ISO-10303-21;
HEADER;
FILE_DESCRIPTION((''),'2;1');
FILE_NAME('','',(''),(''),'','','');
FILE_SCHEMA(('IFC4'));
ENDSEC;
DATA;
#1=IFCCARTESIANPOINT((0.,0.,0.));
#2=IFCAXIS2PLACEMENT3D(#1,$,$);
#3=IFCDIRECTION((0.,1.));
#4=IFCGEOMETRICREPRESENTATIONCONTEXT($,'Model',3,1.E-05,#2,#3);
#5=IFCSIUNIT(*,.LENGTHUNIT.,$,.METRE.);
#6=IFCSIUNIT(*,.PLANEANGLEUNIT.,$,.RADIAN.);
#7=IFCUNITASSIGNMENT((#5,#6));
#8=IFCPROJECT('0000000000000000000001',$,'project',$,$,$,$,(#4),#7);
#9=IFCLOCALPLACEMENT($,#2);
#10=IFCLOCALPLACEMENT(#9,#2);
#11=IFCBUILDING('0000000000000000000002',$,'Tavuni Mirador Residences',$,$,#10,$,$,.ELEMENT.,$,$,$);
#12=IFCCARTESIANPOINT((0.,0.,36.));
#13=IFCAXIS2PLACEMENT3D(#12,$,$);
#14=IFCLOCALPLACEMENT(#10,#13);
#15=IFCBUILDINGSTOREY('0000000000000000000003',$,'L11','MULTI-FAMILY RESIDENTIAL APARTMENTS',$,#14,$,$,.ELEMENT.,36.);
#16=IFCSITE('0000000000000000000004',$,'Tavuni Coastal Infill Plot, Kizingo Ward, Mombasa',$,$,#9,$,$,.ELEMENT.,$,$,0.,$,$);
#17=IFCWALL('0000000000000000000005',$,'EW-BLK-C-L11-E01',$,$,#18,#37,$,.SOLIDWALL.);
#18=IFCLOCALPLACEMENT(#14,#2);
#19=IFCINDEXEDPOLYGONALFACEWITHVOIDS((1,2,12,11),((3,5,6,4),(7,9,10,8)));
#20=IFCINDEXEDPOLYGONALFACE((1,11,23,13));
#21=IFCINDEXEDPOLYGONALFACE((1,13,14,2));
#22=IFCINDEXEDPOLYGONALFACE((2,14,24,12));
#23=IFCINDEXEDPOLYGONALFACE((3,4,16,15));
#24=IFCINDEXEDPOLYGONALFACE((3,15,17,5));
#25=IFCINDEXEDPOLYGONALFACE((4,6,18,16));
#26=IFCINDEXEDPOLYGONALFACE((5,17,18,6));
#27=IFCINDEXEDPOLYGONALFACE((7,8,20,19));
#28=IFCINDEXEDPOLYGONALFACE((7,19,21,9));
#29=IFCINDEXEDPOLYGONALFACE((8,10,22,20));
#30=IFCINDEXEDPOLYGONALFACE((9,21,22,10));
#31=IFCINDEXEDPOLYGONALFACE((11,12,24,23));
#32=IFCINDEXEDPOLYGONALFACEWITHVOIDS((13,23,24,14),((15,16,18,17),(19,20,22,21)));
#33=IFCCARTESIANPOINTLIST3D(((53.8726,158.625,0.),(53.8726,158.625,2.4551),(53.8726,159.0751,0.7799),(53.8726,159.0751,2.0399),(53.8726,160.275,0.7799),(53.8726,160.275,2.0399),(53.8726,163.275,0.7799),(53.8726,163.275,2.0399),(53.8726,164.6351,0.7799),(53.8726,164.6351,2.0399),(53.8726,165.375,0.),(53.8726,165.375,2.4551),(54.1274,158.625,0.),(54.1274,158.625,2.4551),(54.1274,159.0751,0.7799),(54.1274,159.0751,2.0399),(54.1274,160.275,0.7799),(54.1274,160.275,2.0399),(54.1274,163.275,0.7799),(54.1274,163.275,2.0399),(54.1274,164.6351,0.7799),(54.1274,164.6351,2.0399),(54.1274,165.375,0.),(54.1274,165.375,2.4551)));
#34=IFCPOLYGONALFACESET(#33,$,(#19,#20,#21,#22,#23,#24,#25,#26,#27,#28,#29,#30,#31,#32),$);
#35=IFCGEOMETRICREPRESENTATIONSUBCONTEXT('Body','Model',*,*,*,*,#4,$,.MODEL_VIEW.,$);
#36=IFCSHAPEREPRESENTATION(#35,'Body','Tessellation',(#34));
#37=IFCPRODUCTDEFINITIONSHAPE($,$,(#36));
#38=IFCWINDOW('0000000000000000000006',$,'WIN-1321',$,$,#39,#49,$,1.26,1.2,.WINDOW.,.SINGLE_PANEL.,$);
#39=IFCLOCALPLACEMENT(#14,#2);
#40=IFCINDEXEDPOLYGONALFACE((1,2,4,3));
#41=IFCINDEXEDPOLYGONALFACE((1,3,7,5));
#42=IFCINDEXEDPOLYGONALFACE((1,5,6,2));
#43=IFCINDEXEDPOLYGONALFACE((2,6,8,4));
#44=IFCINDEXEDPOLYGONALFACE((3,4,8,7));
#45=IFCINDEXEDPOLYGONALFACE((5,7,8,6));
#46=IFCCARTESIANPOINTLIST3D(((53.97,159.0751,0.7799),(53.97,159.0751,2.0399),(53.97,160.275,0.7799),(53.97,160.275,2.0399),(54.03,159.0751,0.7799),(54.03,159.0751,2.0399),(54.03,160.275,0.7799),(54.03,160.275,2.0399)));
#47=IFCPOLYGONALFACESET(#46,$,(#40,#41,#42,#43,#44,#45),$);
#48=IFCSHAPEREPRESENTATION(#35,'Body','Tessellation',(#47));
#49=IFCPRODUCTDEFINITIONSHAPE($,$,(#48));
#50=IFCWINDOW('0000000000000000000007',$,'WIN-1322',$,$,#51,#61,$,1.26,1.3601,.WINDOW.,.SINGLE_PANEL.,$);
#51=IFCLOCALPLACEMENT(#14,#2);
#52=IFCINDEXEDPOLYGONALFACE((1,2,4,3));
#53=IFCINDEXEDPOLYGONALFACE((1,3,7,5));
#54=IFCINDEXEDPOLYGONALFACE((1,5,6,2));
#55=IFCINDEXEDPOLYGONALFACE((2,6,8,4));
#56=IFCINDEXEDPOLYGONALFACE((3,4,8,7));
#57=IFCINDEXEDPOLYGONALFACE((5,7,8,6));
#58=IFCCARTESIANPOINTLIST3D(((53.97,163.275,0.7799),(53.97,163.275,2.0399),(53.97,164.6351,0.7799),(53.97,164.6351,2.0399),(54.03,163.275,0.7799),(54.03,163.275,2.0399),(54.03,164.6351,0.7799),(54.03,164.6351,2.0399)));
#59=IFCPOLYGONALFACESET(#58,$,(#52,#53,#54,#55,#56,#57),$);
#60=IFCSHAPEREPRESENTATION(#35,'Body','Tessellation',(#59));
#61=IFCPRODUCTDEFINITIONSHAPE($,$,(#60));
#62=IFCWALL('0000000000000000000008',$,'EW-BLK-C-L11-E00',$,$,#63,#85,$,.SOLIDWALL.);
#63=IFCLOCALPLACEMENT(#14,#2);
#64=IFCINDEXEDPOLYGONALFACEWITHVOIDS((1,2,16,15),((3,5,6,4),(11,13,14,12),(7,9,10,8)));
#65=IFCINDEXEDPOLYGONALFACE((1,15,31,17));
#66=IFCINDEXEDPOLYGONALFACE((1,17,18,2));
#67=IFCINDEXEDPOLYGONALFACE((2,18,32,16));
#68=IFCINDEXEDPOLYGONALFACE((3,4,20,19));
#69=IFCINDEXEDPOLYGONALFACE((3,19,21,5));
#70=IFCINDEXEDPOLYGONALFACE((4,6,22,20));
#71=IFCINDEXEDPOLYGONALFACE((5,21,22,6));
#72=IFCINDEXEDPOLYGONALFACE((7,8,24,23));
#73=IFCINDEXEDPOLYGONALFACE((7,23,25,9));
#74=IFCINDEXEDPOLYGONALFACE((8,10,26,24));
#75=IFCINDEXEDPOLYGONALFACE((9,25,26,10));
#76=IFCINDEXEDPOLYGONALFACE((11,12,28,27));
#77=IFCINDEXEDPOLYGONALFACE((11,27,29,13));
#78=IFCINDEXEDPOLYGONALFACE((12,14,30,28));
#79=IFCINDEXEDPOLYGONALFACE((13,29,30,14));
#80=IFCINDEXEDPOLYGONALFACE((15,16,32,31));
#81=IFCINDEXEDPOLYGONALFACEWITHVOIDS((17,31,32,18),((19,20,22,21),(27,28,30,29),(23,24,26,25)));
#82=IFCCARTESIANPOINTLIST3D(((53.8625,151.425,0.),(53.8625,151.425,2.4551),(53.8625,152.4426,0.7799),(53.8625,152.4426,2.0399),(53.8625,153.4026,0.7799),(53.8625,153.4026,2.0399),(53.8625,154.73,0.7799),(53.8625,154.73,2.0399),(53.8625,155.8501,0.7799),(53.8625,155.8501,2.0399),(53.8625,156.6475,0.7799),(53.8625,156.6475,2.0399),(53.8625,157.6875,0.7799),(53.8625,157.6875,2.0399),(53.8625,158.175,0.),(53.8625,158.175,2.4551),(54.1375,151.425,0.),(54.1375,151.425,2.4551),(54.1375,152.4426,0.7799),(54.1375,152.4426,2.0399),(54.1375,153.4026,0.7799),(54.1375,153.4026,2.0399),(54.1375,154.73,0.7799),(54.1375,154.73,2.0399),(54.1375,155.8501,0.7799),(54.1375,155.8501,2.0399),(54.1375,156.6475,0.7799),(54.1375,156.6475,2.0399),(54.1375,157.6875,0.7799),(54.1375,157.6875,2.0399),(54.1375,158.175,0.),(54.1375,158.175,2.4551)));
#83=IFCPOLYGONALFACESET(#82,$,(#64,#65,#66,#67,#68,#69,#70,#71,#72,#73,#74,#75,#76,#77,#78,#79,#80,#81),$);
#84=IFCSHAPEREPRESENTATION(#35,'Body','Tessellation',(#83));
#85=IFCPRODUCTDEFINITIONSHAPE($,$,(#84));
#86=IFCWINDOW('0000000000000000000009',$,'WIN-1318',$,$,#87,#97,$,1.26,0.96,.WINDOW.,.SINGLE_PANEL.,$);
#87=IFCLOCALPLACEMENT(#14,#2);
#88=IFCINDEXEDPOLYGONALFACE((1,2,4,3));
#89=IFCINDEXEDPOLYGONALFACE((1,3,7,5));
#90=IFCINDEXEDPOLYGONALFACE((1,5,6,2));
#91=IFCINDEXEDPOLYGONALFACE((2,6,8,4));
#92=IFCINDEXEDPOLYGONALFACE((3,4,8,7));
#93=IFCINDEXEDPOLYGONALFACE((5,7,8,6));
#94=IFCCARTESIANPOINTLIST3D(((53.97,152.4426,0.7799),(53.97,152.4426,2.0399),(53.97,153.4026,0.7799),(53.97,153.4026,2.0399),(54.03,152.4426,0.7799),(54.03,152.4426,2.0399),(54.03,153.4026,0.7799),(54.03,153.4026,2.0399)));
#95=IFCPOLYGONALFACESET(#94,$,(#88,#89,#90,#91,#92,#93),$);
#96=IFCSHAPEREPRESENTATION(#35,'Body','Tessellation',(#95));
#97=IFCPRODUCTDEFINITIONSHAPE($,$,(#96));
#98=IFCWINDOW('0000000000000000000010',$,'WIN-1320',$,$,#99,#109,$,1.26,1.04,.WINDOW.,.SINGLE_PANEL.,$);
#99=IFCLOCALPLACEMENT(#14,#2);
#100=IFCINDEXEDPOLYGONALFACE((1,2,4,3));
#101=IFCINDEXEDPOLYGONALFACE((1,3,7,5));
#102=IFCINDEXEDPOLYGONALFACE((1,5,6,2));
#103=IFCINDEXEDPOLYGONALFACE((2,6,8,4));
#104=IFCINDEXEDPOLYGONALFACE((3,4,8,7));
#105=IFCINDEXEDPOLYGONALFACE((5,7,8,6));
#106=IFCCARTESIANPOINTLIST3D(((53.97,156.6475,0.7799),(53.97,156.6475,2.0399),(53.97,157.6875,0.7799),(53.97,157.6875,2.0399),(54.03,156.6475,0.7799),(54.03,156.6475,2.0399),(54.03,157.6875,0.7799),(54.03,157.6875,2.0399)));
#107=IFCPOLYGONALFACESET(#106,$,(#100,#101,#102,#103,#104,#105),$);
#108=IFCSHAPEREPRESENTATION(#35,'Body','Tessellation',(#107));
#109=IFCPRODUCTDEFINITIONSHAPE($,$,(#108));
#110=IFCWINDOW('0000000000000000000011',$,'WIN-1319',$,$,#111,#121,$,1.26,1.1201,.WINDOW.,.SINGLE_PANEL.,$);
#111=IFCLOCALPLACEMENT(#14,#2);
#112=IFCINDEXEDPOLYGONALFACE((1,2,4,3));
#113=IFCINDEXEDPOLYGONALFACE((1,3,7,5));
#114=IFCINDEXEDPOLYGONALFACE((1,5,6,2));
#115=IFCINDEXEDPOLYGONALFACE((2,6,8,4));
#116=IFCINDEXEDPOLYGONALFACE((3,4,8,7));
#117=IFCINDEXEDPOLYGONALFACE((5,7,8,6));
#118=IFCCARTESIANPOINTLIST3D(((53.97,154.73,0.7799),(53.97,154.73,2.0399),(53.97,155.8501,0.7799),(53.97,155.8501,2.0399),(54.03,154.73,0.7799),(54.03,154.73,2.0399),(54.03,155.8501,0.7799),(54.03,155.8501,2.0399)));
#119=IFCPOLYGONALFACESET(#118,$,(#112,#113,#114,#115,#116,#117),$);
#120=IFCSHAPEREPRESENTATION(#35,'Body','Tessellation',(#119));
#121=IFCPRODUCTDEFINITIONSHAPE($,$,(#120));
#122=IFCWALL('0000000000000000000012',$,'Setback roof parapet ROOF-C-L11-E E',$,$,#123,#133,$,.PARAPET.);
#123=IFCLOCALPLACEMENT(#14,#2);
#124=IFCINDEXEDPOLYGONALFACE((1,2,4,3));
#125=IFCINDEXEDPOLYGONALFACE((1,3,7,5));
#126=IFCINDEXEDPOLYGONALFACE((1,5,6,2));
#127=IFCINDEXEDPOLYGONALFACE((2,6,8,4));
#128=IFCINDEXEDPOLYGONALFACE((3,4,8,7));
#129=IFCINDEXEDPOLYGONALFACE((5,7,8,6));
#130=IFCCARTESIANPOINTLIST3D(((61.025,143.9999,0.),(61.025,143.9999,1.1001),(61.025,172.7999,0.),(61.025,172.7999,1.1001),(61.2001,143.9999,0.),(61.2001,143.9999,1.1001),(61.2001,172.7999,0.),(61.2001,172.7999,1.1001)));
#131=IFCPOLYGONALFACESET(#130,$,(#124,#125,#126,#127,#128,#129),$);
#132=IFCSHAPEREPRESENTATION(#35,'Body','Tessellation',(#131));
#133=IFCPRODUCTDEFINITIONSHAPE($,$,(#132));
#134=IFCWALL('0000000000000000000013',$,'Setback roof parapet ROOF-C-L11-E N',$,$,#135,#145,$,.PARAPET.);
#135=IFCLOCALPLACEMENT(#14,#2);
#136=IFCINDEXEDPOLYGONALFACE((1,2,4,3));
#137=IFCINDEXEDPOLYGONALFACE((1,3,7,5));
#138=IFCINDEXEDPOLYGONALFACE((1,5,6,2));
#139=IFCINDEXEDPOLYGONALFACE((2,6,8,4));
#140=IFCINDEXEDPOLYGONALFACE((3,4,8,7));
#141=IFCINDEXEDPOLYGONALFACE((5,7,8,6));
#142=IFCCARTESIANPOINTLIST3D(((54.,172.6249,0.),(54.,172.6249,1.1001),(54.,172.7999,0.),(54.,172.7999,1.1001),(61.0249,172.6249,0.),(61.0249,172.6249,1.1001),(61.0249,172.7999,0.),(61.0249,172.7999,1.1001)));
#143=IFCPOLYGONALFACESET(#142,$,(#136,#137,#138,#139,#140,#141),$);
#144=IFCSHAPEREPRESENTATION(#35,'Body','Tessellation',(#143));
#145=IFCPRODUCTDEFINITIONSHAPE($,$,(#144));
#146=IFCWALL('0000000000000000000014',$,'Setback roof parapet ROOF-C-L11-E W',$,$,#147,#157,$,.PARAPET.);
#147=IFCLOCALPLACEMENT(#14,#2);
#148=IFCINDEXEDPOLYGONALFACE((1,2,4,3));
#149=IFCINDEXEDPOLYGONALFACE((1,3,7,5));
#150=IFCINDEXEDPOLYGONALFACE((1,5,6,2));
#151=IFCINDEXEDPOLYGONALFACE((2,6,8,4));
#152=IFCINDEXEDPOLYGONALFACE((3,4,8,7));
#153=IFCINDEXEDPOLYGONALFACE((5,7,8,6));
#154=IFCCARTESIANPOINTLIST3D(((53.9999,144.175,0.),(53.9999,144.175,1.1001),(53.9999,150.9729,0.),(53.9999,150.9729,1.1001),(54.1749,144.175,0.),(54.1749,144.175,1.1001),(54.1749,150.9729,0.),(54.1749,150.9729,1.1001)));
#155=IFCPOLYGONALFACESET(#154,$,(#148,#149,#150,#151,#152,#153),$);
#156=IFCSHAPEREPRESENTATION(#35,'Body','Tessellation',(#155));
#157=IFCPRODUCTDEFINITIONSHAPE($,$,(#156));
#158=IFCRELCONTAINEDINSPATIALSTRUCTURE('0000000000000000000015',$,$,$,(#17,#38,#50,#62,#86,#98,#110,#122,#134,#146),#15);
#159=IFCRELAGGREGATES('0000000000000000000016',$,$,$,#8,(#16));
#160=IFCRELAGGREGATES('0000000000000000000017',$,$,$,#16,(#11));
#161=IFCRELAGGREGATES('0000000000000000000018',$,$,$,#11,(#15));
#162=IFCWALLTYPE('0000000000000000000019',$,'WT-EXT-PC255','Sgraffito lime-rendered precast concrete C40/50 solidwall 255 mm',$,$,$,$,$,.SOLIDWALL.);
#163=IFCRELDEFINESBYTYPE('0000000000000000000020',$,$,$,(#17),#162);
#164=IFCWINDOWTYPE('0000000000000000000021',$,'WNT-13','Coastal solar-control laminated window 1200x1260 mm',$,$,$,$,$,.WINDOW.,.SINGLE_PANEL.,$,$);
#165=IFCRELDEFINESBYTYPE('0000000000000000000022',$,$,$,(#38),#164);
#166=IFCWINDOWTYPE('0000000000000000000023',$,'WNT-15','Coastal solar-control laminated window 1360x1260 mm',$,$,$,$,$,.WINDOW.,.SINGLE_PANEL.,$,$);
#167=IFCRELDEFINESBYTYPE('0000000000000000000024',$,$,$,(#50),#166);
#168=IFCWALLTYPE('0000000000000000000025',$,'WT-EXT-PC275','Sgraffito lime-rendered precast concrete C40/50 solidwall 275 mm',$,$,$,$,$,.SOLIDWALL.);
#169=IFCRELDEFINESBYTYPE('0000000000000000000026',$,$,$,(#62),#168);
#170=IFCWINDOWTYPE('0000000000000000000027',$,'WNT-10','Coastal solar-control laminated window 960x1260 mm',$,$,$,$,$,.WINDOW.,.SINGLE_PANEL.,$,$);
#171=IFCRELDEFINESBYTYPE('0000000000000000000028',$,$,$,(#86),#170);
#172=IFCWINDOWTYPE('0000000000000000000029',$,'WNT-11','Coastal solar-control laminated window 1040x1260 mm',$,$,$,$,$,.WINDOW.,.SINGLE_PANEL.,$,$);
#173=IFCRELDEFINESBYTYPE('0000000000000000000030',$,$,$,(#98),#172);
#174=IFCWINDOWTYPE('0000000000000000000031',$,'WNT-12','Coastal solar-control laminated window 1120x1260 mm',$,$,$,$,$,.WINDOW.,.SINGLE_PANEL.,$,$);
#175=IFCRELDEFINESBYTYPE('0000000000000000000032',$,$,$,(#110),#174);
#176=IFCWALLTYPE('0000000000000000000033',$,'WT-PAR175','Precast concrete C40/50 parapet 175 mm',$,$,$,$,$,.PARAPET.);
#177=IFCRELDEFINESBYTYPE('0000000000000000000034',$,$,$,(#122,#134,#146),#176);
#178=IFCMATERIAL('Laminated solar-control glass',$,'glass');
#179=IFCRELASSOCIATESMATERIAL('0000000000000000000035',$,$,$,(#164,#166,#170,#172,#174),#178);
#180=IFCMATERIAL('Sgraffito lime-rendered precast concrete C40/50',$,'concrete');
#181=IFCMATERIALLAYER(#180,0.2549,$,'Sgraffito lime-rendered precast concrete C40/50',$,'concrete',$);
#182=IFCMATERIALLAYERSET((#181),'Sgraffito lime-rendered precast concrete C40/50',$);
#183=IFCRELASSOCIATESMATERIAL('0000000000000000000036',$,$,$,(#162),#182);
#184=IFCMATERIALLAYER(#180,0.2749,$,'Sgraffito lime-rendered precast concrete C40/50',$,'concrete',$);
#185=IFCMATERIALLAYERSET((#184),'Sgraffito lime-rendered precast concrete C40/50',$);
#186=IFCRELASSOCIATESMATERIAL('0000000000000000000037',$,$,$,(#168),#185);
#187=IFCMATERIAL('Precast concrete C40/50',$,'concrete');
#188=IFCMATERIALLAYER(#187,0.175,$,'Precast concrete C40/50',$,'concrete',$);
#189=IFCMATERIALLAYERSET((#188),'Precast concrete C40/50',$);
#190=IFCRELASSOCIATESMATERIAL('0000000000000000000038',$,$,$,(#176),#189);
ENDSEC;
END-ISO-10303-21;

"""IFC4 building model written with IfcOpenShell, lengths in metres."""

from ifc_helpers import new_model, si_unit, direction, frame, frame_2d, origin, place, context, subcontext, project, spatial, rectangle, extrude, material, layer, layer_set, type_object, element, fill, save


model = new_model("IFC4")

# Units and contexts
model_context = context("Model", 3, precision=1e-05, world=origin(), true_north=direction((0.0, 1.0)))
body_context = subcontext(model_context, "Body", "Model", "MODEL_VIEW")
ifc_project = project(units=[si_unit("LENGTHUNIT", "METRE"), si_unit("PLANEANGLEUNIT", "RADIAN")], contexts=[model_context])

# Site, building, storey
site_placement = place(None, origin())
site = spatial("IfcSite", under=ifc_project, at=site_placement, Name="Tavuni Coastal Infill Plot, Kizingo Ward, Mombasa", CompositionType="ELEMENT", RefElevation=0.0)
building_placement = place(site_placement, origin())
building = spatial("IfcBuilding", under=site, at=building_placement, Name="Tavuni Mirador Residences", CompositionType="ELEMENT")
storey_placement = place(building_placement, frame((0.0, 0.0, 36.0)))
storey = spatial("IfcBuildingStorey", under=building, at=storey_placement, Name="L11", Description="MULTI-FAMILY RESIDENTIAL APARTMENTS", CompositionType="ELEMENT", Elevation=36.0)

# Shared definitions
ifc_material_1 = material(Name="Precast concrete C40/50", Category="concrete")

# Walls, openings, windows
ifc_material_2 = material(Name="Sgraffito lime-rendered precast concrete C40/50", Category="concrete")
ifc_material_3 = material(Name="Laminated solar-control glass", Category="glass")
window_type_1 = type_object("IfcWindowType", Name="WNT-13", Description="Coastal solar-control laminated window 1200x1260 mm", PartitioningType="SINGLE_PANEL", PredefinedType="WINDOW", material=ifc_material_3)
ifc_layer_1 = layer(ifc_material_2, 0.2549, Name="Sgraffito lime-rendered precast concrete C40/50", Category="concrete")
ifc_layer_set_1 = layer_set([ifc_layer_1], Name="Sgraffito lime-rendered precast concrete C40/50")
wall_type_1 = type_object("IfcWallType", Name="WT-EXT-PC255", Description="Sgraffito lime-rendered precast concrete C40/50 solidwall 255 mm", PredefinedType="SOLIDWALL", material=ifc_layer_set_1)
wall_1_placement = place(storey_placement, frame((54.0, 158.625, 0.0), z_axis=(0.0, 0.0, 1.0), x_axis=(0.0, 1.0, 0.0)))
wall_1 = element("IfcWall", 1, at=wall_1_placement, inside=storey, type_object=wall_type_1, Name="EW-BLK-C-L11-E01", PredefinedType="SOLIDWALL", context=body_context, shape_type="SweptSolid", body=[
    extrude(rectangle(XDim=6.75, YDim=0.2549, at=frame_2d((3.375, 0.0))), origin(), (0.0, 0.0, 1.0), 2.4551),
])
opening_1_placement = place(wall_1_placement, frame((0.45, 0.0, 0.78)))
opening_1 = element("IfcOpeningElement", 2, at=opening_1_placement, cuts=wall_1, PredefinedType="OPENING", context=body_context, shape_type="SweptSolid", body=[
    extrude(rectangle(XDim=1.2, YDim=1.26, at=frame_2d((0.6001, 0.6299))), frame((0.0, 0.1375, 0.0), z_axis=(0.0, -1.0, 0.0), x_axis=(1.0, 0.0, 0.0)), (0.0, 0.0, 1.0), 0.2749),
])
opening_2_placement = place(wall_1_placement, frame((4.6499, 0.0, 0.78)))
opening_2 = element("IfcOpeningElement", 3, at=opening_2_placement, cuts=wall_1, PredefinedType="OPENING", context=body_context, shape_type="SweptSolid", body=[
    extrude(rectangle(XDim=1.3601, YDim=1.26, at=frame_2d((0.6802, 0.6299))), frame((0.0, 0.1375, 0.0), z_axis=(0.0, -1.0, 0.0), x_axis=(1.0, 0.0, 0.0)), (0.0, 0.0, 1.0), 0.2749),
])
window_1_placement = place(opening_1_placement, origin())
window_1 = element("IfcWindow", 4, at=window_1_placement, inside=storey, type_object=window_type_1, Name="WIN-1321", OverallHeight=1.26, OverallWidth=1.2, PartitioningType="SINGLE_PANEL", PredefinedType="WINDOW", context=body_context, shape_type="SweptSolid", body=[
    extrude(rectangle(XDim=1.2, YDim=1.26, at=frame_2d((0.6001, 0.6299))), frame((0.0, 0.03, 0.0), z_axis=(0.0, -1.0, 0.0), x_axis=(1.0, 0.0, 0.0)), (0.0, 0.0, 1.0), 0.0601),
])
fill(opening_1, window_1)
window_type_2 = type_object("IfcWindowType", Name="WNT-15", Description="Coastal solar-control laminated window 1360x1260 mm", PartitioningType="SINGLE_PANEL", PredefinedType="WINDOW", material=ifc_material_3)
window_2_placement = place(opening_2_placement, origin())
window_2 = element("IfcWindow", 5, at=window_2_placement, inside=storey, type_object=window_type_2, Name="WIN-1322", OverallHeight=1.26, OverallWidth=1.3601, PartitioningType="SINGLE_PANEL", PredefinedType="WINDOW", context=body_context, shape_type="SweptSolid", body=[
    extrude(rectangle(XDim=1.3601, YDim=1.26, at=frame_2d((0.6802, 0.6299))), frame((0.0, 0.03, 0.0), z_axis=(0.0, -1.0, 0.0), x_axis=(1.0, 0.0, 0.0)), (0.0, 0.0, 1.0), 0.0601),
])
fill(opening_2, window_2)
ifc_layer_2 = layer(ifc_material_2, 0.2749, Name="Sgraffito lime-rendered precast concrete C40/50", Category="concrete")
ifc_layer_set_2 = layer_set([ifc_layer_2], Name="Sgraffito lime-rendered precast concrete C40/50")
wall_type_2 = type_object("IfcWallType", Name="WT-EXT-PC275", Description="Sgraffito lime-rendered precast concrete C40/50 solidwall 275 mm", PredefinedType="SOLIDWALL", material=ifc_layer_set_2)
wall_2_placement = place(storey_placement, frame((54.0, 151.425, 0.0), z_axis=(0.0, 0.0, 1.0), x_axis=(0.0, 1.0, 0.0)))
wall_2 = element("IfcWall", 6, at=wall_2_placement, inside=storey, type_object=wall_type_2, Name="EW-BLK-C-L11-E00", PredefinedType="SOLIDWALL", context=body_context, shape_type="SweptSolid", body=[
    extrude(rectangle(XDim=6.75, YDim=0.2749, at=frame_2d((3.375, 0.0))), origin(), (0.0, 0.0, 1.0), 2.4551),
])
opening_3_placement = place(wall_2_placement, frame((1.0176, 0.0, 0.78)))
opening_3 = element("IfcOpeningElement", 7, at=opening_3_placement, cuts=wall_2, PredefinedType="OPENING", context=body_context, shape_type="SweptSolid", body=[
    extrude(rectangle(XDim=0.96, YDim=1.26, at=frame_2d((0.48, 0.6299))), frame((0.0, 0.1475, 0.0), z_axis=(0.0, -1.0, 0.0), x_axis=(1.0, 0.0, 0.0)), (0.0, 0.0, 1.0), 0.2949),
])
opening_4_placement = place(wall_2_placement, frame((3.3049, 0.0, 0.78)))
opening_4 = element("IfcOpeningElement", 8, at=opening_4_placement, cuts=wall_2, PredefinedType="OPENING", context=body_context, shape_type="SweptSolid", body=[
    extrude(rectangle(XDim=1.1201, YDim=1.26, at=frame_2d((0.5601, 0.6299))), frame((0.0, 0.1475, 0.0), z_axis=(0.0, -1.0, 0.0), x_axis=(1.0, 0.0, 0.0)), (0.0, 0.0, 1.0), 0.2949),
])
opening_5_placement = place(wall_2_placement, frame((5.2224, 0.0, 0.78)))
opening_5 = element("IfcOpeningElement", 9, at=opening_5_placement, cuts=wall_2, PredefinedType="OPENING", context=body_context, shape_type="SweptSolid", body=[
    extrude(rectangle(XDim=1.04, YDim=1.26, at=frame_2d((0.52, 0.6299))), frame((0.0, 0.1475, 0.0), z_axis=(0.0, -1.0, 0.0), x_axis=(1.0, 0.0, 0.0)), (0.0, 0.0, 1.0), 0.2949),
])
window_type_3 = type_object("IfcWindowType", Name="WNT-10", Description="Coastal solar-control laminated window 960x1260 mm", PartitioningType="SINGLE_PANEL", PredefinedType="WINDOW", material=ifc_material_3)
window_3_placement = place(opening_3_placement, origin())
window_3 = element("IfcWindow", 10, at=window_3_placement, inside=storey, type_object=window_type_3, Name="WIN-1318", OverallHeight=1.26, OverallWidth=0.96, PartitioningType="SINGLE_PANEL", PredefinedType="WINDOW", context=body_context, shape_type="SweptSolid", body=[
    extrude(rectangle(XDim=0.96, YDim=1.26, at=frame_2d((0.48, 0.6299))), frame((0.0, 0.03, 0.0), z_axis=(0.0, -1.0, 0.0), x_axis=(1.0, 0.0, 0.0)), (0.0, 0.0, 1.0), 0.0601),
])
fill(opening_3, window_3)
window_type_4 = type_object("IfcWindowType", Name="WNT-11", Description="Coastal solar-control laminated window 1040x1260 mm", PartitioningType="SINGLE_PANEL", PredefinedType="WINDOW", material=ifc_material_3)
window_4_placement = place(opening_5_placement, origin())
window_4 = element("IfcWindow", 11, at=window_4_placement, inside=storey, type_object=window_type_4, Name="WIN-1320", OverallHeight=1.26, OverallWidth=1.04, PartitioningType="SINGLE_PANEL", PredefinedType="WINDOW", context=body_context, shape_type="SweptSolid", body=[
    extrude(rectangle(XDim=1.04, YDim=1.26, at=frame_2d((0.52, 0.6299))), frame((0.0, 0.03, 0.0), z_axis=(0.0, -1.0, 0.0), x_axis=(1.0, 0.0, 0.0)), (0.0, 0.0, 1.0), 0.0601),
])
fill(opening_5, window_4)
window_type_5 = type_object("IfcWindowType", Name="WNT-12", Description="Coastal solar-control laminated window 1120x1260 mm", PartitioningType="SINGLE_PANEL", PredefinedType="WINDOW", material=ifc_material_3)
window_5_placement = place(opening_4_placement, origin())
window_5 = element("IfcWindow", 12, at=window_5_placement, inside=storey, type_object=window_type_5, Name="WIN-1319", OverallHeight=1.26, OverallWidth=1.1201, PartitioningType="SINGLE_PANEL", PredefinedType="WINDOW", context=body_context, shape_type="SweptSolid", body=[
    extrude(rectangle(XDim=1.1201, YDim=1.26, at=frame_2d((0.5601, 0.6299))), frame((0.0, 0.03, 0.0), z_axis=(0.0, -1.0, 0.0), x_axis=(1.0, 0.0, 0.0)), (0.0, 0.0, 1.0), 0.0601),
])
fill(opening_4, window_5)

# Walls
ifc_layer_3 = layer(ifc_material_1, 0.175, Name="Precast concrete C40/50", Category="concrete")
ifc_layer_set_3 = layer_set([ifc_layer_3], Name="Precast concrete C40/50")
wall_type_3 = type_object("IfcWallType", Name="WT-PAR175", Description="Precast concrete C40/50 parapet 175 mm", PredefinedType="PARAPET", material=ifc_layer_set_3)
wall_3_placement = place(storey_placement, frame((61.1125, 144.0, 0.0), z_axis=(0.0, 0.0, 1.0), x_axis=(0.0, 1.0, 0.0)))
element("IfcWall", 13, at=wall_3_placement, inside=storey, type_object=wall_type_3, Name="Setback roof parapet ROOF-C-L11-E E", PredefinedType="PARAPET", context=body_context, shape_type="SweptSolid", body=[
    extrude(rectangle(XDim=28.8, YDim=0.175, at=frame_2d((14.3999, 0.0))), origin(), (0.0, 0.0, 1.0), 1.1001),
])
wall_4_placement = place(storey_placement, frame((54.0, 172.7124, 0.0), z_axis=(0.0, 0.0, 1.0), x_axis=(1.0, 0.0, 0.0)))
element("IfcWall", 14, at=wall_4_placement, inside=storey, type_object=wall_type_3, Name="Setback roof parapet ROOF-C-L11-E N", PredefinedType="PARAPET", context=body_context, shape_type="SweptSolid", body=[
    extrude(rectangle(XDim=7.0249, YDim=0.175, at=frame_2d((3.5125, 0.0))), origin(), (0.0, 0.0, 1.0), 1.1001),
])
wall_5_placement = place(storey_placement, frame((54.0874, 144.175, 0.0), z_axis=(0.0, 0.0, 1.0), x_axis=(0.0, 1.0, 0.0)))
element("IfcWall", 15, at=wall_5_placement, inside=storey, type_object=wall_type_3, Name="Setback roof parapet ROOF-C-L11-E W", PredefinedType="PARAPET", context=body_context, shape_type="SweptSolid", body=[
    extrude(rectangle(XDim=6.7979, YDim=0.175, at=frame_2d((3.3989, 0.0))), origin(), (0.0, 0.0, 1.0), 1.1001),
])

save(model, "model.ifc")
